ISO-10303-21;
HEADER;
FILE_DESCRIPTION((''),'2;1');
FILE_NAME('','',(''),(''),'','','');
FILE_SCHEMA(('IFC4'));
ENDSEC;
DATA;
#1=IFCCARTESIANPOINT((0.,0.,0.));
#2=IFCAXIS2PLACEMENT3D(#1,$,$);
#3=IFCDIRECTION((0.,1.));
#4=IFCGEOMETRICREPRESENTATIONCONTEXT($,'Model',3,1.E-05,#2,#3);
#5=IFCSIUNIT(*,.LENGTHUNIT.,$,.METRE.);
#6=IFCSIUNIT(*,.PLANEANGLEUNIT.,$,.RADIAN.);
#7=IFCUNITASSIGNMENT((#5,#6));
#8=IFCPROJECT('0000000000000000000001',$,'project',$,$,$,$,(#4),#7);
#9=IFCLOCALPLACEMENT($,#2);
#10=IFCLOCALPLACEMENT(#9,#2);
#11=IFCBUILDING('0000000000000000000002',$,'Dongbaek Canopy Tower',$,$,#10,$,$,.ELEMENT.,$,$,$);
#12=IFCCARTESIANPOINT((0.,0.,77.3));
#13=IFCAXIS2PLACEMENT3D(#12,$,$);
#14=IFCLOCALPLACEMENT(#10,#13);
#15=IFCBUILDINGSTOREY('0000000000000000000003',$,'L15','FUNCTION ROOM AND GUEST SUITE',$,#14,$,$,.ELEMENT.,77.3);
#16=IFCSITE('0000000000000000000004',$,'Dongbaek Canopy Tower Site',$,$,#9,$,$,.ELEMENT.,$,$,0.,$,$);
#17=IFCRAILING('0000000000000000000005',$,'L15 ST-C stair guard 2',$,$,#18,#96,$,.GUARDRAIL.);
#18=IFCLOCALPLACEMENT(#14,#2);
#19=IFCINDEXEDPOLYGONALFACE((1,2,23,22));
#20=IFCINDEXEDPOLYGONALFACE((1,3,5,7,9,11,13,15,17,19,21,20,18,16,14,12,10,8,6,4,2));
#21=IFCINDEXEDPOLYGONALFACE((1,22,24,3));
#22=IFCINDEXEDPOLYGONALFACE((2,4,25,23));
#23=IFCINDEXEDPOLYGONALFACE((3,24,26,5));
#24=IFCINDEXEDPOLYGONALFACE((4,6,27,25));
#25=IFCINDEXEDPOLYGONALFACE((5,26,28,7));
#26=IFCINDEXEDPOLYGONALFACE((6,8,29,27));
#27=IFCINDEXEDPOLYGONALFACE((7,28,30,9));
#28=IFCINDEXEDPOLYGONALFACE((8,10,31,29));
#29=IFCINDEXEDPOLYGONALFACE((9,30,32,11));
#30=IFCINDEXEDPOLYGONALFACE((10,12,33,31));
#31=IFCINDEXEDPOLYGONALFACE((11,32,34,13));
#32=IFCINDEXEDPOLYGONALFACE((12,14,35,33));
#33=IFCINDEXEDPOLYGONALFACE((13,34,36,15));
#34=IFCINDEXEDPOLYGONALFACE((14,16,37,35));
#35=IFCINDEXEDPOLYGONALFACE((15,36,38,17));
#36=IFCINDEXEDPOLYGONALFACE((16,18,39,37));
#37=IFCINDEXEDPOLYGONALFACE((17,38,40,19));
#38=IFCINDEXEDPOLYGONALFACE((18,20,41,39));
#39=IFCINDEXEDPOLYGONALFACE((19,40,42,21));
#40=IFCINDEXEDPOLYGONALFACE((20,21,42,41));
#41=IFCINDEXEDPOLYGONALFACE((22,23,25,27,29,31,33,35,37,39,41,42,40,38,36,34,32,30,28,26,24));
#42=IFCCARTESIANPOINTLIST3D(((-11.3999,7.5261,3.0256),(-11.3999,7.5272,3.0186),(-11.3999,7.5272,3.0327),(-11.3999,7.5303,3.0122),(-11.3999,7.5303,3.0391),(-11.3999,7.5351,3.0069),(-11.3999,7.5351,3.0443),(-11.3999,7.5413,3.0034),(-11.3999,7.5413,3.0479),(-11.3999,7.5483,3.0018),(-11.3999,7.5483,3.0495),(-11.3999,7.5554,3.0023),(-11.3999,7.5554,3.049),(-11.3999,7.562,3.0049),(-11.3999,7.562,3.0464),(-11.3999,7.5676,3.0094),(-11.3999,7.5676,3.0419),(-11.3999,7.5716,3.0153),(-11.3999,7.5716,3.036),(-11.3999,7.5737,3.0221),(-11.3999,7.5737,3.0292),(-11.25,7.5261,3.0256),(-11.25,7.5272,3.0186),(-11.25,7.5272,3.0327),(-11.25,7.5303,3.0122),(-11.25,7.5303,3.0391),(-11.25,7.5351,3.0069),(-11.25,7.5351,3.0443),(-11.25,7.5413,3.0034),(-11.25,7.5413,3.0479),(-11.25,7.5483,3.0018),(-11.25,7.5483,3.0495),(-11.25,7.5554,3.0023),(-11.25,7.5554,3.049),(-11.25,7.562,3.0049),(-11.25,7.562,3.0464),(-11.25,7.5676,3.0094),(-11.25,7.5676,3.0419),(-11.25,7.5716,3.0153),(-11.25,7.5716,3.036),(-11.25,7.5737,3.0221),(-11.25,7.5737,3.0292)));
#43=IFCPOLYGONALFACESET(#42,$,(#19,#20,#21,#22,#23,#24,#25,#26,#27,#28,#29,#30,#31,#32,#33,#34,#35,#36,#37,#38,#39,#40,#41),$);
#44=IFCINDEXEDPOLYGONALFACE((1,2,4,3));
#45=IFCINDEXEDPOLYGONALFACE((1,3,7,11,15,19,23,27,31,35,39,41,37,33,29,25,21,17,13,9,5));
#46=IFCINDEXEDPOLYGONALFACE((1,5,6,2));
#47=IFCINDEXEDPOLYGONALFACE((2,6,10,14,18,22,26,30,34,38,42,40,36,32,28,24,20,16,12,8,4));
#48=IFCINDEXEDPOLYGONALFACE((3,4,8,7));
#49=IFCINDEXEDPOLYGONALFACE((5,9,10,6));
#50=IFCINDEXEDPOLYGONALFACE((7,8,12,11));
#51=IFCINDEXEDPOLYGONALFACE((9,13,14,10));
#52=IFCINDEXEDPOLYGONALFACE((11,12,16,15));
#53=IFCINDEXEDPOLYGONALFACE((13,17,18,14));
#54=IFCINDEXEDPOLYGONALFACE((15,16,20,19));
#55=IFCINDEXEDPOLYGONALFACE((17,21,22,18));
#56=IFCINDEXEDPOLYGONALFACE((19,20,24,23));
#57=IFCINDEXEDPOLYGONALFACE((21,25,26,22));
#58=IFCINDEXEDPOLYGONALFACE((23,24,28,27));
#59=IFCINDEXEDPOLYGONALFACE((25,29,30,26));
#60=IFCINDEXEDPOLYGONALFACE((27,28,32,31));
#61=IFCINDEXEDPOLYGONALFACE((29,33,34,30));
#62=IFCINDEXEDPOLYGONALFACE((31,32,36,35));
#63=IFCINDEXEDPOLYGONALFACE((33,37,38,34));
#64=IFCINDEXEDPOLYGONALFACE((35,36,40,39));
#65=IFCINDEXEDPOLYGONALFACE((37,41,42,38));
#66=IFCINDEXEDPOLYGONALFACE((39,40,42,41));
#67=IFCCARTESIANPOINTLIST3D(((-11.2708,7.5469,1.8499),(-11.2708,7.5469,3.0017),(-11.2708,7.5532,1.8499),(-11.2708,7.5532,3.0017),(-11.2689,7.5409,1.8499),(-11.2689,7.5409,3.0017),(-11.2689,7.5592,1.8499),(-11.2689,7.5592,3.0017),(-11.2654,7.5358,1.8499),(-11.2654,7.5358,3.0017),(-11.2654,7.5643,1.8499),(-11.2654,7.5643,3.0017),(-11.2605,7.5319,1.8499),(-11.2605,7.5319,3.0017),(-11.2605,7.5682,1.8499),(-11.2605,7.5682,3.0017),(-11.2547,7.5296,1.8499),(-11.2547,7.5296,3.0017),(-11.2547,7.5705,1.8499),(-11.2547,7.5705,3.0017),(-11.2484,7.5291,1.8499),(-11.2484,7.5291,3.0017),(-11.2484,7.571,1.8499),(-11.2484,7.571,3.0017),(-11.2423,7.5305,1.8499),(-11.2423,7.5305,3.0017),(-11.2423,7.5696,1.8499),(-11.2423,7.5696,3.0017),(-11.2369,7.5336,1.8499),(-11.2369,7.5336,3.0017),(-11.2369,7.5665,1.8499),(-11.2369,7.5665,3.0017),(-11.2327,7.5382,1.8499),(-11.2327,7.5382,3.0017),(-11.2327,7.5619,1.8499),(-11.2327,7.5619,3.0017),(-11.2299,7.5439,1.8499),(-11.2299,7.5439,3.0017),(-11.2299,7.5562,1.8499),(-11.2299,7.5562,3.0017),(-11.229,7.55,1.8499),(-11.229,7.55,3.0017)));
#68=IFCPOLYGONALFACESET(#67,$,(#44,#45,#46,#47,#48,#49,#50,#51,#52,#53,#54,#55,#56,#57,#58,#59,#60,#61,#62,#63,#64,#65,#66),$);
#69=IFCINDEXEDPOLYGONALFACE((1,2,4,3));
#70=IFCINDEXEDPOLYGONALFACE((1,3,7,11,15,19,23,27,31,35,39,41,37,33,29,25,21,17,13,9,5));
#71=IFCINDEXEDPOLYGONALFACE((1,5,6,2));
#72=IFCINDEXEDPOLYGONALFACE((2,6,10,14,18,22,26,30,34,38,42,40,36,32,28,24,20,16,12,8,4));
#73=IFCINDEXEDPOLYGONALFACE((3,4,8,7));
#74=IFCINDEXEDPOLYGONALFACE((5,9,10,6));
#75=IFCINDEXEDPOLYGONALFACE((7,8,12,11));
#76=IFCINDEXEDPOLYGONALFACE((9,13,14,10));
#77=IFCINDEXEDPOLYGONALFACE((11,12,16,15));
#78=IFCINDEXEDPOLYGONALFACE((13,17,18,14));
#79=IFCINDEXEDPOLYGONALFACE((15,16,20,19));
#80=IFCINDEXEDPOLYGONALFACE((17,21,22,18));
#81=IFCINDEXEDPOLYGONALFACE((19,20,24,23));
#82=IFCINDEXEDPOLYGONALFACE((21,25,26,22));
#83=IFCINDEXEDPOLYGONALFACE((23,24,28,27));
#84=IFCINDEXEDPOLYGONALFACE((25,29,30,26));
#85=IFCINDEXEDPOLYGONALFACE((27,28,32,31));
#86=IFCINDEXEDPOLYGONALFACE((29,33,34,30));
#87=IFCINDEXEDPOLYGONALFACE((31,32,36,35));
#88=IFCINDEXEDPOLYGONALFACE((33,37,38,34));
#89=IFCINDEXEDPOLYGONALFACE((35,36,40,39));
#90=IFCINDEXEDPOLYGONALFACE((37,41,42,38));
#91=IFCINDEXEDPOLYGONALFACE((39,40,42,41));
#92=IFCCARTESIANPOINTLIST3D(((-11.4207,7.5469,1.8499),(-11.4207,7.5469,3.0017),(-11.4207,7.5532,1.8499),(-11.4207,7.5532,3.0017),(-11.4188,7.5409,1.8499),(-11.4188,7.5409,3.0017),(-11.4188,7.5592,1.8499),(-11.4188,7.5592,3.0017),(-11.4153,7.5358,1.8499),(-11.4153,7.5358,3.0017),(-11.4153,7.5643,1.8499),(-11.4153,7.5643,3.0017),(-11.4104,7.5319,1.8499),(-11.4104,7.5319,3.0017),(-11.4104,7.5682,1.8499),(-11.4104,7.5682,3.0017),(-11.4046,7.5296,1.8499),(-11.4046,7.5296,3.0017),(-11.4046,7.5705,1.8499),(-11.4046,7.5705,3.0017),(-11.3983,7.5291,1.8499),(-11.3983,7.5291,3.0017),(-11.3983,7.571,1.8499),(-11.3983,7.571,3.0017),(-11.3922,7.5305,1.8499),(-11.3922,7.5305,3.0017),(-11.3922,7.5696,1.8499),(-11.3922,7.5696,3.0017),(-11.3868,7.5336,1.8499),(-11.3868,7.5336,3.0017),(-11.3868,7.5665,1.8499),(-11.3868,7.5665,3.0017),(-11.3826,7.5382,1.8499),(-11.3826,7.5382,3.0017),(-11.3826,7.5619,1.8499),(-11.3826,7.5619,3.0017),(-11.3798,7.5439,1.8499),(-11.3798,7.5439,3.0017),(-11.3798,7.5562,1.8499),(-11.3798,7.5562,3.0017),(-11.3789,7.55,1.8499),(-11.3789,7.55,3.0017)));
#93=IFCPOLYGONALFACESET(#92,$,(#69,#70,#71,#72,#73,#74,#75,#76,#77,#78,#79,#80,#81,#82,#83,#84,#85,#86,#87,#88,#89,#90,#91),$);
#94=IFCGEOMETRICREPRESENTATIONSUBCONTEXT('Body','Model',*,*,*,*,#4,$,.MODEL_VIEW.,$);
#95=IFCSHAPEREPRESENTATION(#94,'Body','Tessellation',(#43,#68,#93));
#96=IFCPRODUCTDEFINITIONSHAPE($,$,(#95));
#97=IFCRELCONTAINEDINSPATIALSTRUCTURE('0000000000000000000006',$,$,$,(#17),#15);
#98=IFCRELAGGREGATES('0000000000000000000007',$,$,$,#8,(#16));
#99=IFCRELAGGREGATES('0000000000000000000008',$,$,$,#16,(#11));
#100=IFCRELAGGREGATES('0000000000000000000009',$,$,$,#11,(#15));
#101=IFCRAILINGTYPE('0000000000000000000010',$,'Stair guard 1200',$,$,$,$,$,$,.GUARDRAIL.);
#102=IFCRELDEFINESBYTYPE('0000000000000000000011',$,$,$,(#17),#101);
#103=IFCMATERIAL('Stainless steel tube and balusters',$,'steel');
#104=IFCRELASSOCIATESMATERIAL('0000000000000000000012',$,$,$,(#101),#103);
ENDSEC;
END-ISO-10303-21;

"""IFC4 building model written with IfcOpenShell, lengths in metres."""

from ifc_helpers import new_model, si_unit, direction, frame, origin, origin_2d, place, context, subcontext, project, spatial, circle, extrude, material, type_object, element, save


model = new_model("IFC4")

# Units and contexts
model_context = context("Model", 3, precision=1e-05, world=origin(), true_north=direction((0.0, 1.0)))
body_context = subcontext(model_context, "Body", "Model", "MODEL_VIEW")
ifc_project = project(units=[si_unit("LENGTHUNIT", "METRE"), si_unit("PLANEANGLEUNIT", "RADIAN")], contexts=[model_context])

# Site, building, storey
site_placement = place(None, origin())
site = spatial("IfcSite", under=ifc_project, at=site_placement, Name="Dongbaek Canopy Tower Site", CompositionType="ELEMENT", RefElevation=0.0)
building_placement = place(site_placement, origin())
building = spatial("IfcBuilding", under=site, at=building_placement, Name="Dongbaek Canopy Tower", CompositionType="ELEMENT")
storey_placement = place(building_placement, frame((0.0, 0.0, 77.3)))
storey = spatial("IfcBuildingStorey", under=building, at=storey_placement, Name="L15", Description="FUNCTION ROOM AND GUEST SUITE", CompositionType="ELEMENT", Elevation=77.3)

# Railing
ifc_material_1 = material(Name="Stainless steel tube and balusters", Category="steel")
railing_type_1 = type_object("IfcRailingType", Name="Stair guard 1200", PredefinedType="GUARDRAIL", material=ifc_material_1)
railing_1_placement = place(storey_placement, frame((-11.25, 7.55, 1.8499)))
element("IfcRailing", 1, at=railing_1_placement, inside=storey, type_object=railing_type_1, Name="L15 ST-C stair guard 2", PredefinedType="GUARDRAIL", context=body_context, shape_type="SweptSolid", body=[
    extrude(circle(Radius=0.0239, at=origin_2d()), frame((0.0, 0.0, 1.1758), z_axis=(-1.0, 0.0, 0.0), x_axis=(0.0, -1.0, 0.0)), (0.0, 0.0, 1.0), 0.1499),
    extrude(circle(Radius=0.021, at=origin_2d()), origin(), (0.0, 0.0, 1.0), 1.1519),
    extrude(circle(Radius=0.021, at=origin_2d()), frame((-0.1499, 0.0, 0.0)), (0.0, 0.0, 1.0), 1.1519),
])

save(model, "model.ifc")
